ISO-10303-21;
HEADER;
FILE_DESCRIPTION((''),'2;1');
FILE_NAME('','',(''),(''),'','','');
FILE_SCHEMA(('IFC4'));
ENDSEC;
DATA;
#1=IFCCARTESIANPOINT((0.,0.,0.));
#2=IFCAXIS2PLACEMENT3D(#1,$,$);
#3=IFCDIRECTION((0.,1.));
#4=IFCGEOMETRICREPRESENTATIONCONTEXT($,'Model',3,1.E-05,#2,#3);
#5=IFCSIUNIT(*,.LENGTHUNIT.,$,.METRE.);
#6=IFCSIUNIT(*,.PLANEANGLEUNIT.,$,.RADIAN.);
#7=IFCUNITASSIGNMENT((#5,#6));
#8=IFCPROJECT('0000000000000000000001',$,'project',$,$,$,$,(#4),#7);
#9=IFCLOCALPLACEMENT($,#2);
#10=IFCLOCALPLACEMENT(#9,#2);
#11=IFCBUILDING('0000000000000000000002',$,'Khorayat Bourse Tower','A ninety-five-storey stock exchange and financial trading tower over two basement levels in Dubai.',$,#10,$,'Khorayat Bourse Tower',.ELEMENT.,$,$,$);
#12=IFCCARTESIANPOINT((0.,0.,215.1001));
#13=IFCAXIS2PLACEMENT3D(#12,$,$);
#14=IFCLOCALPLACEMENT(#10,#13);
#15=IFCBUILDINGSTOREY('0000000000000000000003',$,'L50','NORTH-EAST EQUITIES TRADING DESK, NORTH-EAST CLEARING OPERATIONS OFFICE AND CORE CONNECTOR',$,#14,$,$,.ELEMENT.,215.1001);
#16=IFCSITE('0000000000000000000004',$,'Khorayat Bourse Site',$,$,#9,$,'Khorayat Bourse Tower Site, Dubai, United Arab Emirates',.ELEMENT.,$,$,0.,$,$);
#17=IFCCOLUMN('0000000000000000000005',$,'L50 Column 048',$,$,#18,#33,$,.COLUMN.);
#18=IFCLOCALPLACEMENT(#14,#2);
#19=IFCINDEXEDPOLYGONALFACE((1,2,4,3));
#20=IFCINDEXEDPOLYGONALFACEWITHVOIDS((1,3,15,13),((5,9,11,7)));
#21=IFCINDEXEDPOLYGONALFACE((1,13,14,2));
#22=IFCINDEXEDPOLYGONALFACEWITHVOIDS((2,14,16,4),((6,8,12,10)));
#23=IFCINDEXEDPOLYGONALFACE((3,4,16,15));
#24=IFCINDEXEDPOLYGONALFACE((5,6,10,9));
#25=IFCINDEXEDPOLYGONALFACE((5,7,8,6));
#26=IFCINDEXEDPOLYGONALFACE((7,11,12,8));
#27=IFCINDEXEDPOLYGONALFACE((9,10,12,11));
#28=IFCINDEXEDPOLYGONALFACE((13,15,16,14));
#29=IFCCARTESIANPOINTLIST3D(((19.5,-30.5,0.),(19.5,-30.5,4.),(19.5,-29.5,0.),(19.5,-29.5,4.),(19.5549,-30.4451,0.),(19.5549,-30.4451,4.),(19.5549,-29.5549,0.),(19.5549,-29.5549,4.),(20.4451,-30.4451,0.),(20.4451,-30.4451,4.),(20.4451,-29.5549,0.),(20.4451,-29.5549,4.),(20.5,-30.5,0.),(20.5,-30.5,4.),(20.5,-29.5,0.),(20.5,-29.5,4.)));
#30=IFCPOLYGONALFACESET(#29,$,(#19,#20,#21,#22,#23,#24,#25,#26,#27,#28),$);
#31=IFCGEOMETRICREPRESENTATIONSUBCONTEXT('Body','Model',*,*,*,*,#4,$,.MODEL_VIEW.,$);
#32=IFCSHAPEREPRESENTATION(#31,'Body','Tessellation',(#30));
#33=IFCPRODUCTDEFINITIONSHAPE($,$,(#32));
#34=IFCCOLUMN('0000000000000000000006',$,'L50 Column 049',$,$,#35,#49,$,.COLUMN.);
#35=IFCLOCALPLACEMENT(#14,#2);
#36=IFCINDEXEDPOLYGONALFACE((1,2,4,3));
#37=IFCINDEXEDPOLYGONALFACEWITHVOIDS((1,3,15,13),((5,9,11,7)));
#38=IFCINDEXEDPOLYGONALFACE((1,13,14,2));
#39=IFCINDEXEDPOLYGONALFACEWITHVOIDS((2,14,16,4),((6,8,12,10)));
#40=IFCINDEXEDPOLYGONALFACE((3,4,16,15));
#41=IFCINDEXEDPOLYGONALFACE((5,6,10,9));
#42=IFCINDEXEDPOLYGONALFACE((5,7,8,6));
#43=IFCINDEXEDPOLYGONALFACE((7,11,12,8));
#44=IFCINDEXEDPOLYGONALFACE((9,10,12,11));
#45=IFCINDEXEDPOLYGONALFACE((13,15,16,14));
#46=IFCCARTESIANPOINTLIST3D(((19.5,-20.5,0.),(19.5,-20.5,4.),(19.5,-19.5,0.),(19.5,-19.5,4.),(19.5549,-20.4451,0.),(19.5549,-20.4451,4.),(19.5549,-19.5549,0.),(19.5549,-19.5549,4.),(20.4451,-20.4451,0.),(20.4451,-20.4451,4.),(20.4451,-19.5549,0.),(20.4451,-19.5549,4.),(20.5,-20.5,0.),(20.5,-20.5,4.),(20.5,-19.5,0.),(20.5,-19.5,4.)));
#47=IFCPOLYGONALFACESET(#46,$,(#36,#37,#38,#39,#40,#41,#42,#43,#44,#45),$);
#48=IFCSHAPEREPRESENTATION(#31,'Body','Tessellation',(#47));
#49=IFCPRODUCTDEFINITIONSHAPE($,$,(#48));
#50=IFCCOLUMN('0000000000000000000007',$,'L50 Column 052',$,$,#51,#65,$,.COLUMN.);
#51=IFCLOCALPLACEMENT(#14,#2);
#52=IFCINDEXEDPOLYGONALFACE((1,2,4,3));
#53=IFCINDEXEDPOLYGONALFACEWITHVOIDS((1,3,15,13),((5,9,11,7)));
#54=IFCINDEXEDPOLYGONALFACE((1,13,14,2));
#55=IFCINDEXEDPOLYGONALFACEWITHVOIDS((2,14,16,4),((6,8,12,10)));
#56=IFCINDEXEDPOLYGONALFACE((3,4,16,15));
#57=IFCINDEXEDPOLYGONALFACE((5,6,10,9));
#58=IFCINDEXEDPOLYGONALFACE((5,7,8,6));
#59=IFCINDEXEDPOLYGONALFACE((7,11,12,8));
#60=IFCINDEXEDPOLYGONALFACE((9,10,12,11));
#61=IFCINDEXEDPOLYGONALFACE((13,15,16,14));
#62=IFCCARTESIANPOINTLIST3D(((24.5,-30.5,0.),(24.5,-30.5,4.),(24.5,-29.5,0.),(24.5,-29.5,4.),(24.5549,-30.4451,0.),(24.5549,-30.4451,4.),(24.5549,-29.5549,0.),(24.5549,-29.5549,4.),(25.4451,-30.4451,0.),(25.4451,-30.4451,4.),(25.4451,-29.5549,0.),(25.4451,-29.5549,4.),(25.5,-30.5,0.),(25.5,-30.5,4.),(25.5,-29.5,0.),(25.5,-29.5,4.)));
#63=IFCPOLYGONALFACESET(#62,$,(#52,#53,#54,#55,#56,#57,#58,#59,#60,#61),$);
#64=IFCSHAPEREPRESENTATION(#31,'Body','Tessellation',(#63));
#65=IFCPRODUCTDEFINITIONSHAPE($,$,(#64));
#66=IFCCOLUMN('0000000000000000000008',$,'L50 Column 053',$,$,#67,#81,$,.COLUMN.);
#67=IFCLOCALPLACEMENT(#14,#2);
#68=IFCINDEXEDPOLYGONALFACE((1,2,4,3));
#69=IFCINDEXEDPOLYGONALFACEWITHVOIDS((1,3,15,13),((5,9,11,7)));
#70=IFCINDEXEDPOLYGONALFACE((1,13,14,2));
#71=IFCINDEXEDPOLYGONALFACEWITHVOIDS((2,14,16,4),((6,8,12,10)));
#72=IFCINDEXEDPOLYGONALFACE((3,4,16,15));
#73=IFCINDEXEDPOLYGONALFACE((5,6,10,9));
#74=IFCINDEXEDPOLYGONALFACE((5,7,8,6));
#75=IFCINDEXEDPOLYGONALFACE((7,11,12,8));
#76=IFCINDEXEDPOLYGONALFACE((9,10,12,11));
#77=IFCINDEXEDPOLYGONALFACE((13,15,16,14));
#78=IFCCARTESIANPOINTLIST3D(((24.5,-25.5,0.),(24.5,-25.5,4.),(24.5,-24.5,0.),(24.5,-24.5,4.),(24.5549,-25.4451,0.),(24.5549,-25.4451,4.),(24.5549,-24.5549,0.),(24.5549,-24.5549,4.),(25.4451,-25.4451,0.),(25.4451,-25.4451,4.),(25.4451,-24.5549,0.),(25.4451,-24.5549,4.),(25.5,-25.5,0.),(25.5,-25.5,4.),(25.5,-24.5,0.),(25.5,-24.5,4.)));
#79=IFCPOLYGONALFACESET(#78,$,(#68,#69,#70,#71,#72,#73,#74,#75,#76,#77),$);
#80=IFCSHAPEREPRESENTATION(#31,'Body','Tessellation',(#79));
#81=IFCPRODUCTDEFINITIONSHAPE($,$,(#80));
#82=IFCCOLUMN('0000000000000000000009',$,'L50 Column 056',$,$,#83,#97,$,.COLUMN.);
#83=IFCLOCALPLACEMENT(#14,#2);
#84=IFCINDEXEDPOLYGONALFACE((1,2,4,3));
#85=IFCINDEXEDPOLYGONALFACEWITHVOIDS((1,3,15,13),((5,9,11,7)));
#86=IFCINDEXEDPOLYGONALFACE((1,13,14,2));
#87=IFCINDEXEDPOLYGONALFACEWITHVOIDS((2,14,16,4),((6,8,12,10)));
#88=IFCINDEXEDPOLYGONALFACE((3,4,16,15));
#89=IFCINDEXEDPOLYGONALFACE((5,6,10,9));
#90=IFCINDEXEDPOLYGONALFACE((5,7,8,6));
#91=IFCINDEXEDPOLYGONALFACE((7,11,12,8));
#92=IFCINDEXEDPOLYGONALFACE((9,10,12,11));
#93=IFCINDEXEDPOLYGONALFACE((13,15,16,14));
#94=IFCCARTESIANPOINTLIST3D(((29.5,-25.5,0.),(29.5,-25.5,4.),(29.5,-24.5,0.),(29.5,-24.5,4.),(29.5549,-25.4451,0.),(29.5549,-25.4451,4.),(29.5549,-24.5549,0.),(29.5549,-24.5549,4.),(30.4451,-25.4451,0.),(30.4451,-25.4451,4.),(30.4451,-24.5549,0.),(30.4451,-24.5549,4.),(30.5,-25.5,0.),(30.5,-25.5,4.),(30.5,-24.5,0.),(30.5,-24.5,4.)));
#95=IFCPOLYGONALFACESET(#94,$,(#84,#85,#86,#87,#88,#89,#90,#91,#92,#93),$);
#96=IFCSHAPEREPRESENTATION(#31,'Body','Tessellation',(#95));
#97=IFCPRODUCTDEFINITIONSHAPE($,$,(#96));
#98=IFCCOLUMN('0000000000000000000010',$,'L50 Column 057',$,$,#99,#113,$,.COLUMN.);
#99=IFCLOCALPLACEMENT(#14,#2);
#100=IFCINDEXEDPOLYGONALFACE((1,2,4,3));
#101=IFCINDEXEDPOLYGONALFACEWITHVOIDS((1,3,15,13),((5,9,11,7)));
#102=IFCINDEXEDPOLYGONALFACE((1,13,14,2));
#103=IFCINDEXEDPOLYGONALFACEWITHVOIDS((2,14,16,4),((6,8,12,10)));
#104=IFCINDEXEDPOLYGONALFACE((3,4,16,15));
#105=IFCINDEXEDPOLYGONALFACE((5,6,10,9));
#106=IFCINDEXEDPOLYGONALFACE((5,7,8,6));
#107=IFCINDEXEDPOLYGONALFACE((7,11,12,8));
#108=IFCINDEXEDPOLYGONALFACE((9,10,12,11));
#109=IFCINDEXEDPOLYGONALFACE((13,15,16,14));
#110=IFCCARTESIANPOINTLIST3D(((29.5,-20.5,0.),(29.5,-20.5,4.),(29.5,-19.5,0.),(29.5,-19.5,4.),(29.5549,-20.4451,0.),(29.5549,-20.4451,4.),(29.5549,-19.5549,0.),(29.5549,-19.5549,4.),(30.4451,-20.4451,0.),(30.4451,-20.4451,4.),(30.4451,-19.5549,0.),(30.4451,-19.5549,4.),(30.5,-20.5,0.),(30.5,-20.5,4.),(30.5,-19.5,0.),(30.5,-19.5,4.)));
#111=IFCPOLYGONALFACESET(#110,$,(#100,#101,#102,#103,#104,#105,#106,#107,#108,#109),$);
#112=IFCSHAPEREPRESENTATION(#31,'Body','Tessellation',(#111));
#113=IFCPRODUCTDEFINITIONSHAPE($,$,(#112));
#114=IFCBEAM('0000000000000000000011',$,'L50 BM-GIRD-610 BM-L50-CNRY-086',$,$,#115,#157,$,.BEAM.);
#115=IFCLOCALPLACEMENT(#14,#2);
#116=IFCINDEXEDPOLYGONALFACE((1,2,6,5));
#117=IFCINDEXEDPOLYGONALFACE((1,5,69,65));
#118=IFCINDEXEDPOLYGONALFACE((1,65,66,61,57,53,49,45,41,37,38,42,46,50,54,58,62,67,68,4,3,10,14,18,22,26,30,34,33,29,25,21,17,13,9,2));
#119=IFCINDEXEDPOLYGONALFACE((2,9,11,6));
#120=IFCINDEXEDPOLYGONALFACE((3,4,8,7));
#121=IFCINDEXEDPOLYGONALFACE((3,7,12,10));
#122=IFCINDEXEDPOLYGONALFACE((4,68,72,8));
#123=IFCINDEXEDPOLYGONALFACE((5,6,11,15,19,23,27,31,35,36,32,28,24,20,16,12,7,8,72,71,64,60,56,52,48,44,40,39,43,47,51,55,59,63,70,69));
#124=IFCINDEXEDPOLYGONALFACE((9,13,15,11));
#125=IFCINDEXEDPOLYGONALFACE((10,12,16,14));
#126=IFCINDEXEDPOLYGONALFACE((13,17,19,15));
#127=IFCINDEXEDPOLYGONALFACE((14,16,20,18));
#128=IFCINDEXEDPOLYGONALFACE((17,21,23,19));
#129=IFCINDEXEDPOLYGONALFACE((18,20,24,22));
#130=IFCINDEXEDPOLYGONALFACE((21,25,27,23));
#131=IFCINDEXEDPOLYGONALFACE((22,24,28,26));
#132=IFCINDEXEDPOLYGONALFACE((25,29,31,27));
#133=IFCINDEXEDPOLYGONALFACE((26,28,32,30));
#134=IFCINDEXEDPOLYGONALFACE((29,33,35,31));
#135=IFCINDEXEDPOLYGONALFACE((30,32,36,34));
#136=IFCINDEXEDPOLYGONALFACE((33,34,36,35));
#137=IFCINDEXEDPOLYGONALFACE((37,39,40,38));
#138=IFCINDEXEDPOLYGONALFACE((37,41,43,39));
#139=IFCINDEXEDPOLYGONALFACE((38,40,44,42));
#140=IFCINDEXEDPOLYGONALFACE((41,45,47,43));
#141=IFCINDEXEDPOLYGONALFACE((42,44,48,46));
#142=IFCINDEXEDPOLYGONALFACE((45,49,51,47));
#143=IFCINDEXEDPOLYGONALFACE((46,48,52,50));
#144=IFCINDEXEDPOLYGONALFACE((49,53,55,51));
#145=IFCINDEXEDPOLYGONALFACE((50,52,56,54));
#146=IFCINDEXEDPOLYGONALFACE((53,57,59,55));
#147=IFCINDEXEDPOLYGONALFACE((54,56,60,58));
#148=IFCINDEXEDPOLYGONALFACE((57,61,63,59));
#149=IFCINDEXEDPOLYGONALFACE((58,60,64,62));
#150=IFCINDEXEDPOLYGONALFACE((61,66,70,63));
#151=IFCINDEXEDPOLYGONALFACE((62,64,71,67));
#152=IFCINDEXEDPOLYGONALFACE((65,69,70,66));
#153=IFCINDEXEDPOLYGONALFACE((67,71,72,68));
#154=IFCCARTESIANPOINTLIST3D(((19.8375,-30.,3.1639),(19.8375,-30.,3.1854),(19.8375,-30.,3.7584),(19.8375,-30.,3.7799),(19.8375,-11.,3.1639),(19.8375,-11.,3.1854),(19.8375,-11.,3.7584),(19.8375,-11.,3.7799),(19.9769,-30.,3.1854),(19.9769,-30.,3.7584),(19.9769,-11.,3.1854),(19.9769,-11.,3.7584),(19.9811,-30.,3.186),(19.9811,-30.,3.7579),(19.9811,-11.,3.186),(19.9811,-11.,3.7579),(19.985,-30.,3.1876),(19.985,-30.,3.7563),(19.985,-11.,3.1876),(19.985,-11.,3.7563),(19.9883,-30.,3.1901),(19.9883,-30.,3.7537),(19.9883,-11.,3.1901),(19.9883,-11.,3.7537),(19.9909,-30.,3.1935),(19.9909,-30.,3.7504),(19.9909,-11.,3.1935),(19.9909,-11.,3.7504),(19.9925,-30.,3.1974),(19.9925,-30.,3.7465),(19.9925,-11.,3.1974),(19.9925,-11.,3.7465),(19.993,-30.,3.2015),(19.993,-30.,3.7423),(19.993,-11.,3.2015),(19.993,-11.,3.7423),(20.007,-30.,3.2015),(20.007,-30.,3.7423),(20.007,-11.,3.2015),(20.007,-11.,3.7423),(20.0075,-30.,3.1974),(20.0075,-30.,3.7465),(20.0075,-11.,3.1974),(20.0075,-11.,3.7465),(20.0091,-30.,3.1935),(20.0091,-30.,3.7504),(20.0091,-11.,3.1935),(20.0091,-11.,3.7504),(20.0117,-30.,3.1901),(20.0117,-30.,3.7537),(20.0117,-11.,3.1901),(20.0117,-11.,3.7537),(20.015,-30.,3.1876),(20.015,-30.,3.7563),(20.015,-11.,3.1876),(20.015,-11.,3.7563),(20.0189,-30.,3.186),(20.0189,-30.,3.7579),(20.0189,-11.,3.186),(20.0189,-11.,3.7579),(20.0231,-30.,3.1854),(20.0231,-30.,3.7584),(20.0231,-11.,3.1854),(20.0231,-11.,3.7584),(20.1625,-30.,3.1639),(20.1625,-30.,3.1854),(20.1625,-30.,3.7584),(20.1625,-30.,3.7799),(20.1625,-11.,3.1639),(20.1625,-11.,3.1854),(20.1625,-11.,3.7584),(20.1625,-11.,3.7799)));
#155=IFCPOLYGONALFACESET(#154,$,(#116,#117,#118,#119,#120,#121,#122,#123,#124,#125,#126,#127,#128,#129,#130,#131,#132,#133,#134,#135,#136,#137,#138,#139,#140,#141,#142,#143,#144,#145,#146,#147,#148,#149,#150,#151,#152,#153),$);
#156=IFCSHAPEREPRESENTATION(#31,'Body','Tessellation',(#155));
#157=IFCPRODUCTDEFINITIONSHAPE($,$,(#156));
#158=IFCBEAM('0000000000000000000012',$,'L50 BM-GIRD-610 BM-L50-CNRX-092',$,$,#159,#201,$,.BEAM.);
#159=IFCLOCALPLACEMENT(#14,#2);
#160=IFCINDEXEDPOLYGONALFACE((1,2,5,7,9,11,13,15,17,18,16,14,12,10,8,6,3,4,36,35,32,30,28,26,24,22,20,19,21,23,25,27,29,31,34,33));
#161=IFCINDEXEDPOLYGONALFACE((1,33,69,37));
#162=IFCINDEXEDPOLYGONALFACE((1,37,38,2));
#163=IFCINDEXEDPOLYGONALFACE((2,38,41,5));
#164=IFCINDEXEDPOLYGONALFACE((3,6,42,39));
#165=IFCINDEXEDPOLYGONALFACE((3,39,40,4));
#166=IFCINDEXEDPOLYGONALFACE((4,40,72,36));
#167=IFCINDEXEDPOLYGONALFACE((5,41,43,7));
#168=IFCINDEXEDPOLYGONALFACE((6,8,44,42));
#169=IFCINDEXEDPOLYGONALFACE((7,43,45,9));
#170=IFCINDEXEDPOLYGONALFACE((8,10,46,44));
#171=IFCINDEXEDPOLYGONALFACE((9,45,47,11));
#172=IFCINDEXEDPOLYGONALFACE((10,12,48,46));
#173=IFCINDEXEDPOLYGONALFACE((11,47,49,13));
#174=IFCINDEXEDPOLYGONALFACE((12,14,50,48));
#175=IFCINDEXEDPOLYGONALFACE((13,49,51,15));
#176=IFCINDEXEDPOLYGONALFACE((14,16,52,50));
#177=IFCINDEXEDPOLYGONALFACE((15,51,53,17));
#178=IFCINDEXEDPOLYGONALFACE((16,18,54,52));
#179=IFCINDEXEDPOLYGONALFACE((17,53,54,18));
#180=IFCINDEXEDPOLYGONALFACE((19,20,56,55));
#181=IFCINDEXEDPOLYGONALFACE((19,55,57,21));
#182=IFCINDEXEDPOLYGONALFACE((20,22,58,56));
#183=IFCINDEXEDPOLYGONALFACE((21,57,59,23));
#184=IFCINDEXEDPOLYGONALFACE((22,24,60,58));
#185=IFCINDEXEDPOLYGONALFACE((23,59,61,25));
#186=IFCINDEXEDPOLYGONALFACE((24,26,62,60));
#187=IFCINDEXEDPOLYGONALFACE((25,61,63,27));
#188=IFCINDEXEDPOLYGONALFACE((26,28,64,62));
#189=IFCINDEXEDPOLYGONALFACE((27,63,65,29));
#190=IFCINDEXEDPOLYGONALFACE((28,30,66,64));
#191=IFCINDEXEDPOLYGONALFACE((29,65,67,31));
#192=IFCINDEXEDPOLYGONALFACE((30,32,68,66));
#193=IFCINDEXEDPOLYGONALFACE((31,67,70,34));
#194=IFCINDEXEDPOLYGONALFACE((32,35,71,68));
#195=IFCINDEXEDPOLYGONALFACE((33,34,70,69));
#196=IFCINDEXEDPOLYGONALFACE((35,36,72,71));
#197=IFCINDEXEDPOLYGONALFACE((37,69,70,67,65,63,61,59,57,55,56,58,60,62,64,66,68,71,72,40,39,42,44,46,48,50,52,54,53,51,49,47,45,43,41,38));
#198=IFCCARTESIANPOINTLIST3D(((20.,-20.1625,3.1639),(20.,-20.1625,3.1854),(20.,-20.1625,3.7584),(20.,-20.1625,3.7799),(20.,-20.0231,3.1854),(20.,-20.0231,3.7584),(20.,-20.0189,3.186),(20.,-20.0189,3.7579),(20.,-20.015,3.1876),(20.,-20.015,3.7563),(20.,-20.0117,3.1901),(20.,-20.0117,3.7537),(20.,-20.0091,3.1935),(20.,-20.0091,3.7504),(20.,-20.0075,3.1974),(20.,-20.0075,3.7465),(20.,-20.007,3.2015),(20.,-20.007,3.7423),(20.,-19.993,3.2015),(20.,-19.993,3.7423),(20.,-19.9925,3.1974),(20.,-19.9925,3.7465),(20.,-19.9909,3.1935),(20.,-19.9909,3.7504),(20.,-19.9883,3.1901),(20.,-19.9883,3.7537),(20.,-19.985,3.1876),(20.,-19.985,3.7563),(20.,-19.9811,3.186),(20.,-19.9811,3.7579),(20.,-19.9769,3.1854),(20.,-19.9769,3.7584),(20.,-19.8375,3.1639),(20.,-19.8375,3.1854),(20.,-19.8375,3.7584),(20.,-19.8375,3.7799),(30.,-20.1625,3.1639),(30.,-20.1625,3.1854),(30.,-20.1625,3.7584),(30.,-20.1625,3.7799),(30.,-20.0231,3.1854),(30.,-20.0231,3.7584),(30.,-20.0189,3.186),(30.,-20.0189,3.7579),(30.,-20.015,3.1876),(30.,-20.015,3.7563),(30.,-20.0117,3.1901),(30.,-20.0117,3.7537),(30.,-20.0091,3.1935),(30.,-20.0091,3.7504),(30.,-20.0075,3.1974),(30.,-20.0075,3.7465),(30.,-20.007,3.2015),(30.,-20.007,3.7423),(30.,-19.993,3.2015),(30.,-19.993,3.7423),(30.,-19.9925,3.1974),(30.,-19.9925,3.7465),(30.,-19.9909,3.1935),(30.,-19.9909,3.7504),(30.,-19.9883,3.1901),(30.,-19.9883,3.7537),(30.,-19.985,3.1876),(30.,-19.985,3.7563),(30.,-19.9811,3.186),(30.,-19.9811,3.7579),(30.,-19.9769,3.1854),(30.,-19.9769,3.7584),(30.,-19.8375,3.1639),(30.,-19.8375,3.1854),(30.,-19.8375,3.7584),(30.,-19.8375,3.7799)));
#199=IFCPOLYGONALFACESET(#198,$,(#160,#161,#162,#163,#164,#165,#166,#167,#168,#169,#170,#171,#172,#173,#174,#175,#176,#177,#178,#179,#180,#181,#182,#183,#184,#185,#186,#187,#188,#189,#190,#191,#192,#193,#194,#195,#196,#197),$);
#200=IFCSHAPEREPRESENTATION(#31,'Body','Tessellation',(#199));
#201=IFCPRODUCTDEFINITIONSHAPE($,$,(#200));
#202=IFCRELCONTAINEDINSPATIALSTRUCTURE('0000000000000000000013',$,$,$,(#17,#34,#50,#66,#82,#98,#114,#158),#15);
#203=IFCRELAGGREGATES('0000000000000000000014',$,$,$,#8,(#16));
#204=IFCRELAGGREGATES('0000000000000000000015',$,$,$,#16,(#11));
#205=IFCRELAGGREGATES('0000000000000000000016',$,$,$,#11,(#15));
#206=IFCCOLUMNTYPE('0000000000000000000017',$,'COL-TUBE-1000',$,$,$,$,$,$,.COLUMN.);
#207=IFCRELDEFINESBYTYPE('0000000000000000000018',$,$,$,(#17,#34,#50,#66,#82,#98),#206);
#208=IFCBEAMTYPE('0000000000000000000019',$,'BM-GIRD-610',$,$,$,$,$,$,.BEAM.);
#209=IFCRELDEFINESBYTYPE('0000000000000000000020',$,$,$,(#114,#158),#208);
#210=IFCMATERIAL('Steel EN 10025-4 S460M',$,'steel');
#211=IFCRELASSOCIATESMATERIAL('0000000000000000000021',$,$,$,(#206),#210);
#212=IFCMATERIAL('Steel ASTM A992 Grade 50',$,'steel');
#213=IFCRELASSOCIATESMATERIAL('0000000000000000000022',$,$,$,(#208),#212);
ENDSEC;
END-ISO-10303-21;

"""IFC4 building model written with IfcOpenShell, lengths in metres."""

from ifc_helpers import new_model, si_unit, direction, frame, origin, origin_2d, place, context, subcontext, project, spatial, hollow_rectangle, i_section, extrude, source, transform, mapped, material, material_profile, profile_set, type_object, element, save


model = new_model("IFC4")

# Units and contexts
model_context = context("Model", 3, precision=1e-05, world=origin(), true_north=direction((0.0, 1.0)))
body_context = subcontext(model_context, "Body", "Model", "MODEL_VIEW")
ifc_project = project(units=[si_unit("LENGTHUNIT", "METRE"), si_unit("PLANEANGLEUNIT", "RADIAN")], contexts=[model_context])

# Site, building, storey
site_placement = place(None, origin())
site = spatial("IfcSite", under=ifc_project, at=site_placement, Name="Khorayat Bourse Site", LongName="Khorayat Bourse Tower Site, Dubai, United Arab Emirates", CompositionType="ELEMENT", RefElevation=0.0)
building_placement = place(site_placement, origin())
building = spatial("IfcBuilding", under=site, at=building_placement, Name="Khorayat Bourse Tower", Description="A ninety-five-storey stock exchange and financial trading tower over two basement levels in Dubai.", LongName="Khorayat Bourse Tower", CompositionType="ELEMENT")
storey_placement = place(building_placement, frame((0.0, 0.0, 215.1001)))
storey = spatial("IfcBuildingStorey", under=building, at=storey_placement, Name="L50", Description="NORTH-EAST EQUITIES TRADING DESK, NORTH-EAST CLEARING OPERATIONS OFFICE AND CORE CONNECTOR", CompositionType="ELEMENT", Elevation=215.1001)

# Columns
ifc_material_1 = material(Name="Steel EN 10025-4 S460M", Category="steel")
ifc_material_profile_1 = material_profile(ifc_material_1, hollow_rectangle(XDim=1.0, YDim=1.0, WallThickness=0.0549, at=origin_2d()), Name="BOX 1000x1000x55")
ifc_profile_set_1 = profile_set([ifc_material_profile_1], Name="Steel EN 10025-4 S460M")
column_type = type_object("IfcColumnType", Name="COL-TUBE-1000", PredefinedType="COLUMN", material=ifc_profile_set_1)
shared_shape_1 = source(origin(), body_context, "Body", "SweptSolid", [
    extrude(hollow_rectangle(XDim=1.0, YDim=1.0, WallThickness=0.0549, at=origin_2d()), origin(), (0.0, 0.0, 1.0), 4.0),
])
for number, where, z_axis, x_axis, name in (
    (1, (20.0, -30.0, 0.0), (0.0, 0.0, 1.0), (1.0, 0.0, 0.0), "L50 Column 048"),
    (2, (20.0, -20.0, 0.0), (0.0, 0.0, 1.0), (1.0, 0.0, 0.0), "L50 Column 049"),
    (3, (25.0, -30.0, 0.0), (0.0, 0.0, 1.0), (1.0, 0.0, 0.0), "L50 Column 052"),
    (4, (25.0, -25.0, 0.0), (0.0, 0.0, 1.0), (1.0, 0.0, 0.0), "L50 Column 053"),
    (5, (30.0, -25.0, 0.0), (0.0, 0.0, 1.0), (1.0, 0.0, 0.0), "L50 Column 056"),
    (6, (30.0, -20.0, 0.0), (0.0, 0.0, 1.0), (1.0, 0.0, 0.0), "L50 Column 057"),
):
    element("IfcColumn", number, at=place(storey_placement, frame(where, z_axis=z_axis, x_axis=x_axis)), inside=storey, type_object=column_type, Name=name, PredefinedType="COLUMN", context=body_context, shape_type="MappedRepresentation", body=[
        mapped(shared_shape_1, transform((0.0, 0.0, 0.0), scale=1.0)),
    ])

# Beams
ifc_material_2 = material(Name="Steel ASTM A992 Grade 50", Category="steel")
ifc_material_profile_2 = material_profile(ifc_material_2, i_section(OverallWidth=0.325, OverallDepth=0.616, WebThickness=0.0139, FlangeThickness=0.0215, FilletRadius=0.0161, at=origin_2d()), Name="W610X174")
ifc_profile_set_2 = profile_set([ifc_material_profile_2], Name="Steel ASTM A992 Grade 50")
beam_type_1 = type_object("IfcBeamType", Name="BM-GIRD-610", PredefinedType="BEAM", material=ifc_profile_set_2)
shared_shape_2 = source(origin(), body_context, "Body", "SweptSolid", [
    extrude(i_section(OverallWidth=0.325, OverallDepth=0.616, WebThickness=0.0139, FlangeThickness=0.0215, FilletRadius=0.0161, at=origin_2d()), origin(), (0.0, 0.0, 1.0), 19.0),
])
beam_1_placement = place(storey_placement, frame((20.0, -30.0, 3.4719), z_axis=(0.0, 1.0, 0.0), x_axis=(-1.0, 0.0, 0.0)))
element("IfcBeam", 7, at=beam_1_placement, inside=storey, type_object=beam_type_1, Name="L50 BM-GIRD-610 BM-L50-CNRY-086", PredefinedType="BEAM", context=body_context, shape_type="MappedRepresentation", body=[
    mapped(shared_shape_2, transform((0.0, 0.0, 0.0), scale=1.0)),
])
shared_shape_3 = source(origin(), body_context, "Body", "SweptSolid", [
    extrude(i_section(OverallWidth=0.325, OverallDepth=0.616, WebThickness=0.0139, FlangeThickness=0.0215, FilletRadius=0.0161, at=origin_2d()), origin(), (0.0, 0.0, 1.0), 10.0),
])
beam_2_placement = place(storey_placement, frame((20.0, -20.0, 3.4719), z_axis=(1.0, 0.0, 0.0), x_axis=(0.0, 1.0, 0.0)))
element("IfcBeam", 8, at=beam_2_placement, inside=storey, type_object=beam_type_1, Name="L50 BM-GIRD-610 BM-L50-CNRX-092", PredefinedType="BEAM", context=body_context, shape_type="MappedRepresentation", body=[
    mapped(shared_shape_3, transform((0.0, 0.0, 0.0), scale=1.0)),
])

save(model, "model.ifc")
